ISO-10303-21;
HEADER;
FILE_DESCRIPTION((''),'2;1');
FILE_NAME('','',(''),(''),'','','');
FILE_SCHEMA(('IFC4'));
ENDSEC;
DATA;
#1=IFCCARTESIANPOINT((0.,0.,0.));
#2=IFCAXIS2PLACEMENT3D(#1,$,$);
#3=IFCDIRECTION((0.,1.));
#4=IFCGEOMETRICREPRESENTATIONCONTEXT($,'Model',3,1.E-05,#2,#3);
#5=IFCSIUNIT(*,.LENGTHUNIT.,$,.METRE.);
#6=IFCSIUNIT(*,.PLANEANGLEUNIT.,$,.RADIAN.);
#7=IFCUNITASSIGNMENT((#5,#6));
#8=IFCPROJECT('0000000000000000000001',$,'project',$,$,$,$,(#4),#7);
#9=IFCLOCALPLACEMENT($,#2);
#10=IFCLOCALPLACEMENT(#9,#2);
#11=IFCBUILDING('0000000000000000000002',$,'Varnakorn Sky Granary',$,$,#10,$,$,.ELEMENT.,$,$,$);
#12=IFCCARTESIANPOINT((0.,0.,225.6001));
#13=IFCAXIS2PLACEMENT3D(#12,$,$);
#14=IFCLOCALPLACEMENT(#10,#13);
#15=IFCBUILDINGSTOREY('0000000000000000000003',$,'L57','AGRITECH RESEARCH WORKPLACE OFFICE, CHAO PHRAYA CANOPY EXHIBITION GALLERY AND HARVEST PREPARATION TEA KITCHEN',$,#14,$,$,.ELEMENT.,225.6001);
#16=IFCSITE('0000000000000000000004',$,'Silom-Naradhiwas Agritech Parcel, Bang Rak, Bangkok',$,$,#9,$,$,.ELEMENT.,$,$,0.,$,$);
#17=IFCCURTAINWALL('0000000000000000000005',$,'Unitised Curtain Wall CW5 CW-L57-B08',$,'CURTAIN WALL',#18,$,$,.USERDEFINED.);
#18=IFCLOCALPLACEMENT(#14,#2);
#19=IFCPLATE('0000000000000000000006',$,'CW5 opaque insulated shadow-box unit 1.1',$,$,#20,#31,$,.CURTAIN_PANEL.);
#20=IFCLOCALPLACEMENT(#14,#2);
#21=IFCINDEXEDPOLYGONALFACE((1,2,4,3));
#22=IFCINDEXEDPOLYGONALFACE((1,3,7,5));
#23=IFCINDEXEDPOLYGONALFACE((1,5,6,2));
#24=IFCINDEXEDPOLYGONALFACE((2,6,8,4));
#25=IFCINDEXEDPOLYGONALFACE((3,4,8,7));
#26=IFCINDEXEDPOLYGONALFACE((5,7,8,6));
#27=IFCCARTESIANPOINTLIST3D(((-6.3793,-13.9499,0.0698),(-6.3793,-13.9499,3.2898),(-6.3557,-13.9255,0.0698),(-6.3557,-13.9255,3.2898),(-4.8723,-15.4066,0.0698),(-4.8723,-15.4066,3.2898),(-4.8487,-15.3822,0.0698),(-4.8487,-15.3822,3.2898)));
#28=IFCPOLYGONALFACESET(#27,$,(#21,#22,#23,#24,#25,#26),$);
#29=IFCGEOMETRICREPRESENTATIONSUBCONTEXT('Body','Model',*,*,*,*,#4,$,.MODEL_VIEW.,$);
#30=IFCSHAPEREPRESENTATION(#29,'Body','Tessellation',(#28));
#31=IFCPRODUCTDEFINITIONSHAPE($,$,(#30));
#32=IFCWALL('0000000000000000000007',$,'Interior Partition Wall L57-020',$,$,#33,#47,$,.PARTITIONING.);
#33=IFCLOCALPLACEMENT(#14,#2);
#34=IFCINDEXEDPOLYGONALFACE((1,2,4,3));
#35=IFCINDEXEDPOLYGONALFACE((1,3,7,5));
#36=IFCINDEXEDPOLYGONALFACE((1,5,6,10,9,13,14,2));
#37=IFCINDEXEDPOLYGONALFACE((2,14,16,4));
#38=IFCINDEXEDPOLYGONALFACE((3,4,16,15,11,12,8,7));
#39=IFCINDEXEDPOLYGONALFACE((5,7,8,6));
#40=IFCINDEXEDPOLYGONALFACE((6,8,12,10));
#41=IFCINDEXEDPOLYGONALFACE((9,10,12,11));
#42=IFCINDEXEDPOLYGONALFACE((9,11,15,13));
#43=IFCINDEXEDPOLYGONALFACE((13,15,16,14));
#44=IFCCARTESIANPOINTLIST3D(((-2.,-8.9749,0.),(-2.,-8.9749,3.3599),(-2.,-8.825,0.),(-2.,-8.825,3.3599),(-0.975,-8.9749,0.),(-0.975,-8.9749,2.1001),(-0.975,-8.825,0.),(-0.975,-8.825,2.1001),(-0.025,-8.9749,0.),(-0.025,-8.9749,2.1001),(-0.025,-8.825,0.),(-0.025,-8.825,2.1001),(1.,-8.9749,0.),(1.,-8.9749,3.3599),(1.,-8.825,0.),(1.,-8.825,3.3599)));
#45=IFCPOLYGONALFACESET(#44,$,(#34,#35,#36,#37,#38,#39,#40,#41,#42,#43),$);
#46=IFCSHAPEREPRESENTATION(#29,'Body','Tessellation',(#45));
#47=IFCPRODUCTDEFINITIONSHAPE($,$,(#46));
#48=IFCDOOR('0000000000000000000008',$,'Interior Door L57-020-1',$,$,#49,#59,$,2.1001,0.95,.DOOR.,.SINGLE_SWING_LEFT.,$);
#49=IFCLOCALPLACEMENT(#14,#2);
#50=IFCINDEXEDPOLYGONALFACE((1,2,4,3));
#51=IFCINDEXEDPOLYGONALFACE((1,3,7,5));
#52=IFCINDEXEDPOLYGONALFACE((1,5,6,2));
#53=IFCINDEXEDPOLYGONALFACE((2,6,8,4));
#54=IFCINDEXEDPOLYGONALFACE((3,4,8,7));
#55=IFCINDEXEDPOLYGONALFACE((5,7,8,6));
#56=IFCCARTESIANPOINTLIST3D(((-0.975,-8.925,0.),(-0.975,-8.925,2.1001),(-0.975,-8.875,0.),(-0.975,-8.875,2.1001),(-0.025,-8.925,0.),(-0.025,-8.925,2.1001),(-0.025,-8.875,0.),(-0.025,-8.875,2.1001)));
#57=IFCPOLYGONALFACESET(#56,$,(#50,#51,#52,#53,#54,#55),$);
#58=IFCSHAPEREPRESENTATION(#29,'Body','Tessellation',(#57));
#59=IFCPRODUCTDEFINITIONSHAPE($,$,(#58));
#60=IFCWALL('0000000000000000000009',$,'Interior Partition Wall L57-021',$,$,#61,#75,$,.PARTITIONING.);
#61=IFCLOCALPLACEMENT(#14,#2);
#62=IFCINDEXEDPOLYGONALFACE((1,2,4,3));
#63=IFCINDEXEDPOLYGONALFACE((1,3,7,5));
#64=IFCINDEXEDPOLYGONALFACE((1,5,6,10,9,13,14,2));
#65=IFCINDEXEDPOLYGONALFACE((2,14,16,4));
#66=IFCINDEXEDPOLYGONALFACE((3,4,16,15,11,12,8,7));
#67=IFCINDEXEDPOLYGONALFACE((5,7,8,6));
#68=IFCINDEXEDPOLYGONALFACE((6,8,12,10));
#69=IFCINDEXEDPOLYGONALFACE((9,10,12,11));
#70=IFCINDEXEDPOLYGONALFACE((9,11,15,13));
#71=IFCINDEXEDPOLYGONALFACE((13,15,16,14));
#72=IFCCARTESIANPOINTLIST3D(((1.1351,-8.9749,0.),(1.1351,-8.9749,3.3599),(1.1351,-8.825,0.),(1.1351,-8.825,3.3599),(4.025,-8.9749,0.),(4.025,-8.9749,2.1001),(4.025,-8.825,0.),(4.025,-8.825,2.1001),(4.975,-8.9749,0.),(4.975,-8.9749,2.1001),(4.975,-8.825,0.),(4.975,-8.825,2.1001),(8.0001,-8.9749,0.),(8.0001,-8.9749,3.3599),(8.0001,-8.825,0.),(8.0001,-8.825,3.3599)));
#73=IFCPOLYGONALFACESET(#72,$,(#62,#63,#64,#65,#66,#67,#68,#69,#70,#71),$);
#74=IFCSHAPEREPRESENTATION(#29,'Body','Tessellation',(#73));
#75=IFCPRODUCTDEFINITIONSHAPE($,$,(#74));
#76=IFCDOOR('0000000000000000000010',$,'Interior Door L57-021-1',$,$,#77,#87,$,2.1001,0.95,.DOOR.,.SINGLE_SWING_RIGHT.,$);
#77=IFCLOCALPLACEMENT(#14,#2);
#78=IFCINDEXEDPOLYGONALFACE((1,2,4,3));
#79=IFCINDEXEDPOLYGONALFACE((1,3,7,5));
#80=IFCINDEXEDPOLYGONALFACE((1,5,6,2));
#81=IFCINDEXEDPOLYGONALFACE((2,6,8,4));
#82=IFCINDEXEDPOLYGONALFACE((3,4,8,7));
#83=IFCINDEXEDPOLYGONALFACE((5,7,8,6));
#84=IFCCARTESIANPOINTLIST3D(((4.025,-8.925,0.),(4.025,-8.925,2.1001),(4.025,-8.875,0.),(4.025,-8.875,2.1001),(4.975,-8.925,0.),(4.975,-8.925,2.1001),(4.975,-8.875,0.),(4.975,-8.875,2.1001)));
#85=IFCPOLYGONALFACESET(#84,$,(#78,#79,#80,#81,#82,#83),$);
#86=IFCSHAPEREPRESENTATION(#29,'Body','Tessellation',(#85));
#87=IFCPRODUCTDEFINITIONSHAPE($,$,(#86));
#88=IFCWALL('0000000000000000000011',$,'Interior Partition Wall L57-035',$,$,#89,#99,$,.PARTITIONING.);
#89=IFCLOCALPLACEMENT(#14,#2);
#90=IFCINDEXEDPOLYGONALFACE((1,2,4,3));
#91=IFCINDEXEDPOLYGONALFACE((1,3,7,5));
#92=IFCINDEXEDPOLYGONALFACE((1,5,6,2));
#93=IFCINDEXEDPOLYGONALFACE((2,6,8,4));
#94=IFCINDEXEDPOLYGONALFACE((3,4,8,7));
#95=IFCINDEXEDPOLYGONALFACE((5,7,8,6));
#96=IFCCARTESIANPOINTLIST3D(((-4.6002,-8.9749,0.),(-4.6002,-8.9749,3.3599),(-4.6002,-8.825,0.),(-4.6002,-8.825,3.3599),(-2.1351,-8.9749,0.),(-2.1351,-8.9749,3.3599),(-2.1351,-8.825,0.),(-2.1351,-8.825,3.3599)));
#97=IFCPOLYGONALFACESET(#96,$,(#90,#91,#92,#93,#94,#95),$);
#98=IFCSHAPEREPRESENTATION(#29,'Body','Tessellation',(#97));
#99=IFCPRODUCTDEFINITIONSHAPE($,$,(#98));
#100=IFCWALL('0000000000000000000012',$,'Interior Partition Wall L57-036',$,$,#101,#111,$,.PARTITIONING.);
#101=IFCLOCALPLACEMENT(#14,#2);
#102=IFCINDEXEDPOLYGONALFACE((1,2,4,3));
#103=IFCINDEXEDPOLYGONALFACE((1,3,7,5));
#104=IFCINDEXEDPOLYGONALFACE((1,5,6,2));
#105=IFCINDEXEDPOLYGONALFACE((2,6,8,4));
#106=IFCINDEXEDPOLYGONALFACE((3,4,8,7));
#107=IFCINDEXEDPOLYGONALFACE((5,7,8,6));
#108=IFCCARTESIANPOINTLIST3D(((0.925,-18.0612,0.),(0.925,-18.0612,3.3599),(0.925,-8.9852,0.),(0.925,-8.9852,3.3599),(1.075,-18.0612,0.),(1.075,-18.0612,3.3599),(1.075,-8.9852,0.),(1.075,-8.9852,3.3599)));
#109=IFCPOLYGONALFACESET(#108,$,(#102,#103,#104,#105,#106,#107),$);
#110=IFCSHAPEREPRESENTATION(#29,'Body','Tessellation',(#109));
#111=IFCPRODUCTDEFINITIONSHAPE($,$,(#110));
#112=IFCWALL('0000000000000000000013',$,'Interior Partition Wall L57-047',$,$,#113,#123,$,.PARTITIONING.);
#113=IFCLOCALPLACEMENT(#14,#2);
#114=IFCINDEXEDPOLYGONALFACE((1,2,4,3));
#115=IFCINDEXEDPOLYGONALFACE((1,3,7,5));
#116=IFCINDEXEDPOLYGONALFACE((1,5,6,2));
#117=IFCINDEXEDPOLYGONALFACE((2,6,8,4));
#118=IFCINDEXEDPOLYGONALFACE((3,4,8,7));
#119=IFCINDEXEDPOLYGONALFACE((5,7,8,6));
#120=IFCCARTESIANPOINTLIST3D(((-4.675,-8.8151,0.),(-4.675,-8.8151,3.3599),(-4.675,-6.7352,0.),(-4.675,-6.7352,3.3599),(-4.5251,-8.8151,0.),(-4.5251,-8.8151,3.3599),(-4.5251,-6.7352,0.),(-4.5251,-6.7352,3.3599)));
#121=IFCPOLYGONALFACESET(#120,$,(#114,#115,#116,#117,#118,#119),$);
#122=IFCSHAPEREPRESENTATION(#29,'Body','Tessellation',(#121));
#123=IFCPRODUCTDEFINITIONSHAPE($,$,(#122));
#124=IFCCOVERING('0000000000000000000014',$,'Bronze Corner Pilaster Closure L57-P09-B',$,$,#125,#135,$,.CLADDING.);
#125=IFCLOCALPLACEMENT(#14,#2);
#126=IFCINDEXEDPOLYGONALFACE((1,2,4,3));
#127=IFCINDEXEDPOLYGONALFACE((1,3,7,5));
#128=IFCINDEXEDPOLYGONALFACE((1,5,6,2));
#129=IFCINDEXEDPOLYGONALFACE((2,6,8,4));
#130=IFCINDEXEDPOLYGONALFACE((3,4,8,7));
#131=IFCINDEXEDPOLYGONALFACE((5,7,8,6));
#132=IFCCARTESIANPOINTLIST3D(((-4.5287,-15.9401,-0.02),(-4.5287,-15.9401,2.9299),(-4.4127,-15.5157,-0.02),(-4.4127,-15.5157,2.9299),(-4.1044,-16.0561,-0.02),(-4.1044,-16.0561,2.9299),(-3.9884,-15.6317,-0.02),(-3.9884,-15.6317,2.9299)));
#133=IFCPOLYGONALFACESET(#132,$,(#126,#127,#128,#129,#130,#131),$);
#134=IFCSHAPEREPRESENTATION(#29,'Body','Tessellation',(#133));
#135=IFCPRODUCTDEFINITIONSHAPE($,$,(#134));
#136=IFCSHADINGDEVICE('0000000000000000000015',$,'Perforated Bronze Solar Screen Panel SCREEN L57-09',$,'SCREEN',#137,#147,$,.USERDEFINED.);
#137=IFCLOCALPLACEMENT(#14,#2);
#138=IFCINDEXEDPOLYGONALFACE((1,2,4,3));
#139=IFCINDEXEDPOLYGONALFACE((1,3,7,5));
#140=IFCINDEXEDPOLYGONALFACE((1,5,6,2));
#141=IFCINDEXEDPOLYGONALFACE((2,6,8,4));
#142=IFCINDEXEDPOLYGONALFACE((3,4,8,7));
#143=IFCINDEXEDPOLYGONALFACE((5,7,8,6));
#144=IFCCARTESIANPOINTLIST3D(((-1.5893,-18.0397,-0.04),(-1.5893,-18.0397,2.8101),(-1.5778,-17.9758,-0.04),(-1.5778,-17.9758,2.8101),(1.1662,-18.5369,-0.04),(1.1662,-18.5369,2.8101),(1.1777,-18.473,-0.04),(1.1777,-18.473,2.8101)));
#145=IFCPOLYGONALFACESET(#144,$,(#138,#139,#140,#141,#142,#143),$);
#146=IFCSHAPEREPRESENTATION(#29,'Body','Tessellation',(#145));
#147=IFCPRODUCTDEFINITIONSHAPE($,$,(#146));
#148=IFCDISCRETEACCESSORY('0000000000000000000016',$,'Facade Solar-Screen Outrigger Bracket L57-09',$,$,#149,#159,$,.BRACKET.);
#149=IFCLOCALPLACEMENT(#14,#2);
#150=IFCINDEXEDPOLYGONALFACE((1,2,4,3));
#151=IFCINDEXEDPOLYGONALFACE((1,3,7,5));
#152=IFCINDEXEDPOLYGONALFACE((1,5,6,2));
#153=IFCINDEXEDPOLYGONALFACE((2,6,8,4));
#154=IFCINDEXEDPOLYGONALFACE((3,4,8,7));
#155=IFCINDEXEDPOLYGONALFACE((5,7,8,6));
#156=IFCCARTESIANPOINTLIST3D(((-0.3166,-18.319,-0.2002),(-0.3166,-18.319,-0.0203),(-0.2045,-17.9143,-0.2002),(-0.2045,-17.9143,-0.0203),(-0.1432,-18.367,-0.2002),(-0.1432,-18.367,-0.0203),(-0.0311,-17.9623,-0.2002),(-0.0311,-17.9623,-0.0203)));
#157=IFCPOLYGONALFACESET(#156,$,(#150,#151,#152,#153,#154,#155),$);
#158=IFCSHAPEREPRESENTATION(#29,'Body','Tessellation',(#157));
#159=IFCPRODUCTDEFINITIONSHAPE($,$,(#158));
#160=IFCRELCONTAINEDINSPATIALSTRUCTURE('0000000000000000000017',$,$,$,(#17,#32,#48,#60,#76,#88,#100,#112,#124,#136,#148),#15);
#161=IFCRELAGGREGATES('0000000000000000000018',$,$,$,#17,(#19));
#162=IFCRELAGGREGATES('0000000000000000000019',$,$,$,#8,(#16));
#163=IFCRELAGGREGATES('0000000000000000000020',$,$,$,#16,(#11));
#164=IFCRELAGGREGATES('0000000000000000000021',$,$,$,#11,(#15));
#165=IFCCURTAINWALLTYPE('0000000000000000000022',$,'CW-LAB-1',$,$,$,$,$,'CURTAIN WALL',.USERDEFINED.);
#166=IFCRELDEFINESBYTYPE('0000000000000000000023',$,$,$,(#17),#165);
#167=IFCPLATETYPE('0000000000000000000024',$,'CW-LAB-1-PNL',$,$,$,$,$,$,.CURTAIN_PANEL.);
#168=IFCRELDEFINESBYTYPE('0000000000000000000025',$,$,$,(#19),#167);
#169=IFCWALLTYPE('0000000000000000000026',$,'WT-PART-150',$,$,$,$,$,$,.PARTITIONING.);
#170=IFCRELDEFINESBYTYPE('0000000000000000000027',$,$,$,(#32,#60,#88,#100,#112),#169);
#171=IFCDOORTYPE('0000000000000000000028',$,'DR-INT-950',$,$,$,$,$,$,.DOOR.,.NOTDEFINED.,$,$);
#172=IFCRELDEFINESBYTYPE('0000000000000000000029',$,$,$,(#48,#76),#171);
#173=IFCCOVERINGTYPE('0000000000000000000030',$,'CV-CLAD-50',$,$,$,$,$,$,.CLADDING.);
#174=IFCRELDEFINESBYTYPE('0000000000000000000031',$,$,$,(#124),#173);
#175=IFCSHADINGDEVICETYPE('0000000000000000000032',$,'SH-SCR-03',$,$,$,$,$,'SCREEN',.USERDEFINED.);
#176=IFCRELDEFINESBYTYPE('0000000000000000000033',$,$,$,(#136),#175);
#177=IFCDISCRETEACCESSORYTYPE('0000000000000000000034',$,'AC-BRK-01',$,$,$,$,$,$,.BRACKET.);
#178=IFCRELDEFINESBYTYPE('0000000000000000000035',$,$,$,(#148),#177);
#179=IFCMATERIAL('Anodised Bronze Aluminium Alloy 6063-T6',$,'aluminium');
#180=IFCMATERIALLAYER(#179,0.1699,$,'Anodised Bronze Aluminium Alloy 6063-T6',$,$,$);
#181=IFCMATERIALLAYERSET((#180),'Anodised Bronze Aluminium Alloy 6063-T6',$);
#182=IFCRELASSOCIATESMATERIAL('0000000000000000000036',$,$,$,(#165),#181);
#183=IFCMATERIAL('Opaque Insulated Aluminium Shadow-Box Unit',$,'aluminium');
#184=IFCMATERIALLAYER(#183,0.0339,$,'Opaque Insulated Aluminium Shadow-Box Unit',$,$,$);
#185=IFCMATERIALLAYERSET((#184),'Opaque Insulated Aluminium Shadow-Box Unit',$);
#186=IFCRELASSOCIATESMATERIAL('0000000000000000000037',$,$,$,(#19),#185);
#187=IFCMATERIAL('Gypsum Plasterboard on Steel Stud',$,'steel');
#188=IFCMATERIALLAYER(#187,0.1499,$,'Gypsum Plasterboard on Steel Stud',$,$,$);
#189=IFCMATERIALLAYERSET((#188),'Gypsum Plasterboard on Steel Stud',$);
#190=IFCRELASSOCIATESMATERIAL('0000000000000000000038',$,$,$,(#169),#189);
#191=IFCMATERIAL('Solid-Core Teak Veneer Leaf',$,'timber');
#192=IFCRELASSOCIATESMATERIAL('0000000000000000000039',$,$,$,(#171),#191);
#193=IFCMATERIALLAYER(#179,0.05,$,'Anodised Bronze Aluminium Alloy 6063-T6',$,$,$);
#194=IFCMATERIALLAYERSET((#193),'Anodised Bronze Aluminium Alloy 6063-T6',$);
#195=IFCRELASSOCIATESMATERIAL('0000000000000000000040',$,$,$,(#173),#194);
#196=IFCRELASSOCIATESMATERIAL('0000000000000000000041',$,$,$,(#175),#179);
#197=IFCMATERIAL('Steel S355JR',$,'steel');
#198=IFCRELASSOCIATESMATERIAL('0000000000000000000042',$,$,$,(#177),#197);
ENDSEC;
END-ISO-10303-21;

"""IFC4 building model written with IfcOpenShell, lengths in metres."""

from ifc_helpers import new_model, si_unit, direction, frame, frame_2d, origin, origin_2d, place, context, subcontext, project, spatial, rectangle, extrude, source, transform, mapped, material, layer, layer_set, type_object, type_shapes, element, fill, aggregate, save


model = new_model("IFC4")

# Units and contexts
model_context = context("Model", 3, precision=1e-05, world=origin(), true_north=direction((0.0, 1.0)))
body_context = subcontext(model_context, "Body", "Model", "MODEL_VIEW")
ifc_project = project(units=[si_unit("LENGTHUNIT", "METRE"), si_unit("PLANEANGLEUNIT", "RADIAN")], contexts=[model_context])

# Site, building, storey
site_placement = place(None, origin())
site = spatial("IfcSite", under=ifc_project, at=site_placement, Name="Silom-Naradhiwas Agritech Parcel, Bang Rak, Bangkok", CompositionType="ELEMENT", RefElevation=0.0)
building_placement = place(site_placement, origin())
building = spatial("IfcBuilding", under=site, at=building_placement, Name="Varnakorn Sky Granary", CompositionType="ELEMENT")
storey_placement = place(building_placement, frame((0.0, 0.0, 225.6001)))
storey = spatial("IfcBuildingStorey", under=building, at=storey_placement, Name="L57", Description="AGRITECH RESEARCH WORKPLACE OFFICE, CHAO PHRAYA CANOPY EXHIBITION GALLERY AND HARVEST PREPARATION TEA KITCHEN", CompositionType="ELEMENT", Elevation=225.6001)

# Shared definitions
ifc_material_1 = material(Name="Steel S355JR", Category="steel")

# Curtain wall
ifc_material_2 = material(Name="Anodised Bronze Aluminium Alloy 6063-T6", Category="aluminium")
ifc_layer_1 = layer(ifc_material_2, 0.1699, Name="Anodised Bronze Aluminium Alloy 6063-T6")
ifc_layer_set_1 = layer_set([ifc_layer_1], Name="Anodised Bronze Aluminium Alloy 6063-T6")
curtain_wall_type = type_object("IfcCurtainWallType", Name="CW-LAB-1", ElementType="CURTAIN WALL", PredefinedType="USERDEFINED", material=ifc_layer_set_1)
curtain_wall_placement = place(storey_placement, origin())
curtain_wall = element("IfcCurtainWall", 1, at=curtain_wall_placement, inside=storey, type_object=curtain_wall_type, Name="Unitised Curtain Wall CW5 CW-L57-B08", ObjectType="CURTAIN WALL", PredefinedType="USERDEFINED")

# Plate
ifc_material_3 = material(Name="Opaque Insulated Aluminium Shadow-Box Unit", Category="aluminium")
ifc_layer_2 = layer(ifc_material_3, 0.0339, Name="Opaque Insulated Aluminium Shadow-Box Unit")
ifc_layer_set_2 = layer_set([ifc_layer_2], Name="Opaque Insulated Aluminium Shadow-Box Unit")
plate_type_1 = type_object("IfcPlateType", Name="CW-LAB-1-PNL", PredefinedType="CURTAIN_PANEL")
shared_shape_1 = source(origin(), body_context, "Body", "SweptSolid", [
    extrude(rectangle(XDim=2.0959, YDim=0.0339, at=origin_2d()), origin(), (0.0, 0.0, 1.0), 3.22),
])
type_shapes(plate_type_1, [shared_shape_1])
plate_1_placement = place(storey_placement, frame((-5.614, -14.666, 0.0698), z_axis=(0.0, 0.0, 1.0), x_axis=(-0.719001, 0.695009, 0.0)))
plate_1 = element("IfcPlate", 2, at=plate_1_placement, type_object=plate_type_1, material=ifc_layer_set_2, Name="CW5 opaque insulated shadow-box unit 1.1", PredefinedType="CURTAIN_PANEL", context=body_context, shape_type="MappedRepresentation", body=[
    mapped(shared_shape_1, transform((0.0, 0.0, 0.0), x_axis=(1.0, 0.0, 0.0), y_axis=(0.0, 1.0, 0.0), z_axis=(0.0, 0.0, 1.0), scale=1.0)),
])
aggregate(curtain_wall, [plate_1])

# Walls, openings, doors
ifc_material_4 = material(Name="Gypsum Plasterboard on Steel Stud", Category="steel")
ifc_layer_3 = layer(ifc_material_4, 0.1499, Name="Gypsum Plasterboard on Steel Stud")
ifc_layer_set_3 = layer_set([ifc_layer_3], Name="Gypsum Plasterboard on Steel Stud")
wall_type = type_object("IfcWallType", Name="WT-PART-150", PredefinedType="PARTITIONING", material=ifc_layer_set_3)
wall_1_placement = place(storey_placement, frame((-2.0, -8.8999, 0.0), z_axis=(0.0, 0.0, 1.0), x_axis=(1.0, 0.0, 0.0)))
wall_1 = element("IfcWall", 3, at=wall_1_placement, inside=storey, type_object=wall_type, Name="Interior Partition Wall L57-020", PredefinedType="PARTITIONING", context=body_context, shape_type="SweptSolid", body=[
    extrude(rectangle(XDim=3.0, YDim=0.1499, at=frame_2d((1.5, 0.0))), origin(), (0.0, 0.0, 1.0), 3.3599),
])
opening_1_placement = place(wall_1_placement, frame((1.0249, 0.0, 0.0)))
opening_1 = element("IfcOpeningElement", 4, at=opening_1_placement, cuts=wall_1, PredefinedType="OPENING", context=body_context, shape_type="SweptSolid", body=[
    extrude(rectangle(XDim=0.95, YDim=2.1001, at=frame_2d((0.4751, 1.05))), frame((0.0, 0.085, 0.0), z_axis=(0.0, -1.0, 0.0), x_axis=(1.0, 0.0, 0.0)), (0.0, 0.0, 1.0), 0.1699),
])
ifc_material_5 = material(Name="Solid-Core Teak Veneer Leaf", Category="timber")
door_type = type_object("IfcDoorType", Name="DR-INT-950", OperationType="NOTDEFINED", PredefinedType="DOOR", material=ifc_material_5)
door_1_placement = place(opening_1_placement, origin())
door_1 = element("IfcDoor", 5, at=door_1_placement, inside=storey, type_object=door_type, Name="Interior Door L57-020-1", OperationType="SINGLE_SWING_LEFT", OverallHeight=2.1001, OverallWidth=0.95, PredefinedType="DOOR", context=body_context, shape_type="SweptSolid", body=[
    extrude(rectangle(XDim=0.95, YDim=2.1001, at=frame_2d((0.4751, 1.05))), frame((0.0, 0.0249, 0.0), z_axis=(0.0, -1.0, 0.0), x_axis=(1.0, 0.0, 0.0)), (0.0, 0.0, 1.0), 0.05),
])
fill(opening_1, door_1)
wall_2_placement = place(storey_placement, frame((1.135, -8.8999, 0.0), z_axis=(0.0, 0.0, 1.0), x_axis=(1.0, 0.0, 0.0)))
wall_2 = element("IfcWall", 6, at=wall_2_placement, inside=storey, type_object=wall_type, Name="Interior Partition Wall L57-021", PredefinedType="PARTITIONING", context=body_context, shape_type="SweptSolid", body=[
    extrude(rectangle(XDim=6.865, YDim=0.1499, at=frame_2d((3.4326, 0.0))), origin(), (0.0, 0.0, 1.0), 3.3599),
])
opening_2_placement = place(wall_2_placement, frame((2.8899, 0.0, 0.0)))
opening_2 = element("IfcOpeningElement", 7, at=opening_2_placement, cuts=wall_2, PredefinedType="OPENING", context=body_context, shape_type="SweptSolid", body=[
    extrude(rectangle(XDim=0.95, YDim=2.1001, at=frame_2d((0.4751, 1.05))), frame((0.0, 0.085, 0.0), z_axis=(0.0, -1.0, 0.0), x_axis=(1.0, 0.0, 0.0)), (0.0, 0.0, 1.0), 0.1699),
])
door_2_placement = place(opening_2_placement, origin())
door_2 = element("IfcDoor", 8, at=door_2_placement, inside=storey, type_object=door_type, Name="Interior Door L57-021-1", OperationType="SINGLE_SWING_RIGHT", OverallHeight=2.1001, OverallWidth=0.95, PredefinedType="DOOR", context=body_context, shape_type="SweptSolid", body=[
    extrude(rectangle(XDim=0.95, YDim=2.1001, at=frame_2d((0.4751, 1.05))), frame((0.0, 0.0249, 0.0), z_axis=(0.0, -1.0, 0.0), x_axis=(1.0, 0.0, 0.0)), (0.0, 0.0, 1.0), 0.05),
])
fill(opening_2, door_2)

# Walls
wall_3_placement = place(storey_placement, frame((-4.6001, -8.8999, 0.0), z_axis=(0.0, 0.0, 1.0), x_axis=(1.0, 0.0, 0.0)))
element("IfcWall", 9, at=wall_3_placement, inside=storey, type_object=wall_type, Name="Interior Partition Wall L57-035", PredefinedType="PARTITIONING", context=body_context, shape_type="SweptSolid", body=[
    extrude(rectangle(XDim=2.4651, YDim=0.1499, at=frame_2d((1.2324, 0.0))), origin(), (0.0, 0.0, 1.0), 3.3599),
])
wall_4_placement = place(storey_placement, frame((1.0, -8.9851, 0.0), z_axis=(0.0, 0.0, 1.0), x_axis=(0.0, -1.0, 0.0)))
element("IfcWall", 10, at=wall_4_placement, inside=storey, type_object=wall_type, Name="Interior Partition Wall L57-036", PredefinedType="PARTITIONING", context=body_context, shape_type="SweptSolid", body=[
    extrude(rectangle(XDim=9.0759, YDim=0.1499, at=frame_2d((4.5381, 0.0))), origin(), (0.0, 0.0, 1.0), 3.3599),
])
wall_5_placement = place(storey_placement, frame((-4.6001, -6.7351, 0.0), z_axis=(0.0, 0.0, 1.0), x_axis=(0.0, -1.0, 0.0)))
element("IfcWall", 11, at=wall_5_placement, inside=storey, type_object=wall_type, Name="Interior Partition Wall L57-047", PredefinedType="PARTITIONING", context=body_context, shape_type="SweptSolid", body=[
    extrude(rectangle(XDim=2.0798, YDim=0.1499, at=frame_2d((1.04, 0.0))), origin(), (0.0, 0.0, 1.0), 3.3599),
])

# Covering
ifc_layer_4 = layer(ifc_material_2, 0.05, Name="Anodised Bronze Aluminium Alloy 6063-T6")
ifc_layer_set_4 = layer_set([ifc_layer_4], Name="Anodised Bronze Aluminium Alloy 6063-T6")
covering_type = type_object("IfcCoveringType", Name="CV-CLAD-50", PredefinedType="CLADDING", material=ifc_layer_set_4)
shared_shape_2 = source(origin(), body_context, "Body", "SweptSolid", [
    extrude(rectangle(XDim=0.4399, YDim=0.4399, at=origin_2d()), origin(), (0.0, 0.0, 1.0), 2.95),
])
type_shapes(covering_type, [shared_shape_2])
covering_placement = place(storey_placement, frame((-4.2585, -15.7859, -0.02), z_axis=(0.0, 0.0, 1.0), x_axis=(-0.964603, 0.263705, 0.0)))
element("IfcCovering", 12, at=covering_placement, inside=storey, type_object=covering_type, Name="Bronze Corner Pilaster Closure L57-P09-B", PredefinedType="CLADDING", context=body_context, shape_type="MappedRepresentation", body=[
    mapped(shared_shape_2, transform((0.0, 0.0, 0.0), x_axis=(1.0, 0.0, 0.0), y_axis=(0.0, 1.0, 0.0), z_axis=(0.0, 0.0, 1.0), scale=1.0)),
])

# Shading device
shading_device_type = type_object("IfcShadingDeviceType", Name="SH-SCR-03", ElementType="SCREEN", PredefinedType="USERDEFINED", material=ifc_material_2)
shared_shape_3 = source(origin(), body_context, "Body", "SweptSolid", [
    extrude(rectangle(XDim=2.8, YDim=0.0649, at=origin_2d()), origin(), (0.0, 0.0, 1.0), 2.8501),
])
type_shapes(shading_device_type, [shared_shape_3])
shading_device_placement = place(storey_placement, frame((-0.2058, -18.2563, -0.04), z_axis=(0.0, 0.0, 1.0), x_axis=(0.984105, -0.177589, 0.0)))
element("IfcShadingDevice", 13, at=shading_device_placement, inside=storey, type_object=shading_device_type, Name="Perforated Bronze Solar Screen Panel SCREEN L57-09", ObjectType="SCREEN", PredefinedType="USERDEFINED", context=body_context, shape_type="MappedRepresentation", body=[
    mapped(shared_shape_3, transform((0.0, 0.0, 0.0), x_axis=(1.0, 0.0, 0.0), y_axis=(0.0, 1.0, 0.0), z_axis=(0.0, 0.0, 1.0), scale=1.0)),
])

# Discrete accessory
discrete_accessory_type = type_object("IfcDiscreteAccessoryType", Name="AC-BRK-01", PredefinedType="BRACKET", material=ifc_material_1)
shared_shape_4 = source(origin(), body_context, "Body", "SweptSolid", [
    extrude(rectangle(XDim=0.1799, YDim=0.4199, at=origin_2d()), origin(), (0.0, 0.0, 1.0), 0.1799),
])
type_shapes(discrete_accessory_type, [shared_shape_4])
discrete_accessory_placement = place(storey_placement, frame((-0.1738, -18.1406, -0.2002), z_axis=(0.0, 0.0, 1.0), x_axis=(0.963727, -0.266891, 0.0)))
element("IfcDiscreteAccessory", 14, at=discrete_accessory_placement, inside=storey, type_object=discrete_accessory_type, Name="Facade Solar-Screen Outrigger Bracket L57-09", PredefinedType="BRACKET", context=body_context, shape_type="MappedRepresentation", body=[
    mapped(shared_shape_4, transform((0.0, 0.0, 0.0), x_axis=(1.0, 0.0, 0.0), y_axis=(0.0, 1.0, 0.0), z_axis=(0.0, 0.0, 1.0), scale=1.0)),
])

save(model, "model.ifc")
